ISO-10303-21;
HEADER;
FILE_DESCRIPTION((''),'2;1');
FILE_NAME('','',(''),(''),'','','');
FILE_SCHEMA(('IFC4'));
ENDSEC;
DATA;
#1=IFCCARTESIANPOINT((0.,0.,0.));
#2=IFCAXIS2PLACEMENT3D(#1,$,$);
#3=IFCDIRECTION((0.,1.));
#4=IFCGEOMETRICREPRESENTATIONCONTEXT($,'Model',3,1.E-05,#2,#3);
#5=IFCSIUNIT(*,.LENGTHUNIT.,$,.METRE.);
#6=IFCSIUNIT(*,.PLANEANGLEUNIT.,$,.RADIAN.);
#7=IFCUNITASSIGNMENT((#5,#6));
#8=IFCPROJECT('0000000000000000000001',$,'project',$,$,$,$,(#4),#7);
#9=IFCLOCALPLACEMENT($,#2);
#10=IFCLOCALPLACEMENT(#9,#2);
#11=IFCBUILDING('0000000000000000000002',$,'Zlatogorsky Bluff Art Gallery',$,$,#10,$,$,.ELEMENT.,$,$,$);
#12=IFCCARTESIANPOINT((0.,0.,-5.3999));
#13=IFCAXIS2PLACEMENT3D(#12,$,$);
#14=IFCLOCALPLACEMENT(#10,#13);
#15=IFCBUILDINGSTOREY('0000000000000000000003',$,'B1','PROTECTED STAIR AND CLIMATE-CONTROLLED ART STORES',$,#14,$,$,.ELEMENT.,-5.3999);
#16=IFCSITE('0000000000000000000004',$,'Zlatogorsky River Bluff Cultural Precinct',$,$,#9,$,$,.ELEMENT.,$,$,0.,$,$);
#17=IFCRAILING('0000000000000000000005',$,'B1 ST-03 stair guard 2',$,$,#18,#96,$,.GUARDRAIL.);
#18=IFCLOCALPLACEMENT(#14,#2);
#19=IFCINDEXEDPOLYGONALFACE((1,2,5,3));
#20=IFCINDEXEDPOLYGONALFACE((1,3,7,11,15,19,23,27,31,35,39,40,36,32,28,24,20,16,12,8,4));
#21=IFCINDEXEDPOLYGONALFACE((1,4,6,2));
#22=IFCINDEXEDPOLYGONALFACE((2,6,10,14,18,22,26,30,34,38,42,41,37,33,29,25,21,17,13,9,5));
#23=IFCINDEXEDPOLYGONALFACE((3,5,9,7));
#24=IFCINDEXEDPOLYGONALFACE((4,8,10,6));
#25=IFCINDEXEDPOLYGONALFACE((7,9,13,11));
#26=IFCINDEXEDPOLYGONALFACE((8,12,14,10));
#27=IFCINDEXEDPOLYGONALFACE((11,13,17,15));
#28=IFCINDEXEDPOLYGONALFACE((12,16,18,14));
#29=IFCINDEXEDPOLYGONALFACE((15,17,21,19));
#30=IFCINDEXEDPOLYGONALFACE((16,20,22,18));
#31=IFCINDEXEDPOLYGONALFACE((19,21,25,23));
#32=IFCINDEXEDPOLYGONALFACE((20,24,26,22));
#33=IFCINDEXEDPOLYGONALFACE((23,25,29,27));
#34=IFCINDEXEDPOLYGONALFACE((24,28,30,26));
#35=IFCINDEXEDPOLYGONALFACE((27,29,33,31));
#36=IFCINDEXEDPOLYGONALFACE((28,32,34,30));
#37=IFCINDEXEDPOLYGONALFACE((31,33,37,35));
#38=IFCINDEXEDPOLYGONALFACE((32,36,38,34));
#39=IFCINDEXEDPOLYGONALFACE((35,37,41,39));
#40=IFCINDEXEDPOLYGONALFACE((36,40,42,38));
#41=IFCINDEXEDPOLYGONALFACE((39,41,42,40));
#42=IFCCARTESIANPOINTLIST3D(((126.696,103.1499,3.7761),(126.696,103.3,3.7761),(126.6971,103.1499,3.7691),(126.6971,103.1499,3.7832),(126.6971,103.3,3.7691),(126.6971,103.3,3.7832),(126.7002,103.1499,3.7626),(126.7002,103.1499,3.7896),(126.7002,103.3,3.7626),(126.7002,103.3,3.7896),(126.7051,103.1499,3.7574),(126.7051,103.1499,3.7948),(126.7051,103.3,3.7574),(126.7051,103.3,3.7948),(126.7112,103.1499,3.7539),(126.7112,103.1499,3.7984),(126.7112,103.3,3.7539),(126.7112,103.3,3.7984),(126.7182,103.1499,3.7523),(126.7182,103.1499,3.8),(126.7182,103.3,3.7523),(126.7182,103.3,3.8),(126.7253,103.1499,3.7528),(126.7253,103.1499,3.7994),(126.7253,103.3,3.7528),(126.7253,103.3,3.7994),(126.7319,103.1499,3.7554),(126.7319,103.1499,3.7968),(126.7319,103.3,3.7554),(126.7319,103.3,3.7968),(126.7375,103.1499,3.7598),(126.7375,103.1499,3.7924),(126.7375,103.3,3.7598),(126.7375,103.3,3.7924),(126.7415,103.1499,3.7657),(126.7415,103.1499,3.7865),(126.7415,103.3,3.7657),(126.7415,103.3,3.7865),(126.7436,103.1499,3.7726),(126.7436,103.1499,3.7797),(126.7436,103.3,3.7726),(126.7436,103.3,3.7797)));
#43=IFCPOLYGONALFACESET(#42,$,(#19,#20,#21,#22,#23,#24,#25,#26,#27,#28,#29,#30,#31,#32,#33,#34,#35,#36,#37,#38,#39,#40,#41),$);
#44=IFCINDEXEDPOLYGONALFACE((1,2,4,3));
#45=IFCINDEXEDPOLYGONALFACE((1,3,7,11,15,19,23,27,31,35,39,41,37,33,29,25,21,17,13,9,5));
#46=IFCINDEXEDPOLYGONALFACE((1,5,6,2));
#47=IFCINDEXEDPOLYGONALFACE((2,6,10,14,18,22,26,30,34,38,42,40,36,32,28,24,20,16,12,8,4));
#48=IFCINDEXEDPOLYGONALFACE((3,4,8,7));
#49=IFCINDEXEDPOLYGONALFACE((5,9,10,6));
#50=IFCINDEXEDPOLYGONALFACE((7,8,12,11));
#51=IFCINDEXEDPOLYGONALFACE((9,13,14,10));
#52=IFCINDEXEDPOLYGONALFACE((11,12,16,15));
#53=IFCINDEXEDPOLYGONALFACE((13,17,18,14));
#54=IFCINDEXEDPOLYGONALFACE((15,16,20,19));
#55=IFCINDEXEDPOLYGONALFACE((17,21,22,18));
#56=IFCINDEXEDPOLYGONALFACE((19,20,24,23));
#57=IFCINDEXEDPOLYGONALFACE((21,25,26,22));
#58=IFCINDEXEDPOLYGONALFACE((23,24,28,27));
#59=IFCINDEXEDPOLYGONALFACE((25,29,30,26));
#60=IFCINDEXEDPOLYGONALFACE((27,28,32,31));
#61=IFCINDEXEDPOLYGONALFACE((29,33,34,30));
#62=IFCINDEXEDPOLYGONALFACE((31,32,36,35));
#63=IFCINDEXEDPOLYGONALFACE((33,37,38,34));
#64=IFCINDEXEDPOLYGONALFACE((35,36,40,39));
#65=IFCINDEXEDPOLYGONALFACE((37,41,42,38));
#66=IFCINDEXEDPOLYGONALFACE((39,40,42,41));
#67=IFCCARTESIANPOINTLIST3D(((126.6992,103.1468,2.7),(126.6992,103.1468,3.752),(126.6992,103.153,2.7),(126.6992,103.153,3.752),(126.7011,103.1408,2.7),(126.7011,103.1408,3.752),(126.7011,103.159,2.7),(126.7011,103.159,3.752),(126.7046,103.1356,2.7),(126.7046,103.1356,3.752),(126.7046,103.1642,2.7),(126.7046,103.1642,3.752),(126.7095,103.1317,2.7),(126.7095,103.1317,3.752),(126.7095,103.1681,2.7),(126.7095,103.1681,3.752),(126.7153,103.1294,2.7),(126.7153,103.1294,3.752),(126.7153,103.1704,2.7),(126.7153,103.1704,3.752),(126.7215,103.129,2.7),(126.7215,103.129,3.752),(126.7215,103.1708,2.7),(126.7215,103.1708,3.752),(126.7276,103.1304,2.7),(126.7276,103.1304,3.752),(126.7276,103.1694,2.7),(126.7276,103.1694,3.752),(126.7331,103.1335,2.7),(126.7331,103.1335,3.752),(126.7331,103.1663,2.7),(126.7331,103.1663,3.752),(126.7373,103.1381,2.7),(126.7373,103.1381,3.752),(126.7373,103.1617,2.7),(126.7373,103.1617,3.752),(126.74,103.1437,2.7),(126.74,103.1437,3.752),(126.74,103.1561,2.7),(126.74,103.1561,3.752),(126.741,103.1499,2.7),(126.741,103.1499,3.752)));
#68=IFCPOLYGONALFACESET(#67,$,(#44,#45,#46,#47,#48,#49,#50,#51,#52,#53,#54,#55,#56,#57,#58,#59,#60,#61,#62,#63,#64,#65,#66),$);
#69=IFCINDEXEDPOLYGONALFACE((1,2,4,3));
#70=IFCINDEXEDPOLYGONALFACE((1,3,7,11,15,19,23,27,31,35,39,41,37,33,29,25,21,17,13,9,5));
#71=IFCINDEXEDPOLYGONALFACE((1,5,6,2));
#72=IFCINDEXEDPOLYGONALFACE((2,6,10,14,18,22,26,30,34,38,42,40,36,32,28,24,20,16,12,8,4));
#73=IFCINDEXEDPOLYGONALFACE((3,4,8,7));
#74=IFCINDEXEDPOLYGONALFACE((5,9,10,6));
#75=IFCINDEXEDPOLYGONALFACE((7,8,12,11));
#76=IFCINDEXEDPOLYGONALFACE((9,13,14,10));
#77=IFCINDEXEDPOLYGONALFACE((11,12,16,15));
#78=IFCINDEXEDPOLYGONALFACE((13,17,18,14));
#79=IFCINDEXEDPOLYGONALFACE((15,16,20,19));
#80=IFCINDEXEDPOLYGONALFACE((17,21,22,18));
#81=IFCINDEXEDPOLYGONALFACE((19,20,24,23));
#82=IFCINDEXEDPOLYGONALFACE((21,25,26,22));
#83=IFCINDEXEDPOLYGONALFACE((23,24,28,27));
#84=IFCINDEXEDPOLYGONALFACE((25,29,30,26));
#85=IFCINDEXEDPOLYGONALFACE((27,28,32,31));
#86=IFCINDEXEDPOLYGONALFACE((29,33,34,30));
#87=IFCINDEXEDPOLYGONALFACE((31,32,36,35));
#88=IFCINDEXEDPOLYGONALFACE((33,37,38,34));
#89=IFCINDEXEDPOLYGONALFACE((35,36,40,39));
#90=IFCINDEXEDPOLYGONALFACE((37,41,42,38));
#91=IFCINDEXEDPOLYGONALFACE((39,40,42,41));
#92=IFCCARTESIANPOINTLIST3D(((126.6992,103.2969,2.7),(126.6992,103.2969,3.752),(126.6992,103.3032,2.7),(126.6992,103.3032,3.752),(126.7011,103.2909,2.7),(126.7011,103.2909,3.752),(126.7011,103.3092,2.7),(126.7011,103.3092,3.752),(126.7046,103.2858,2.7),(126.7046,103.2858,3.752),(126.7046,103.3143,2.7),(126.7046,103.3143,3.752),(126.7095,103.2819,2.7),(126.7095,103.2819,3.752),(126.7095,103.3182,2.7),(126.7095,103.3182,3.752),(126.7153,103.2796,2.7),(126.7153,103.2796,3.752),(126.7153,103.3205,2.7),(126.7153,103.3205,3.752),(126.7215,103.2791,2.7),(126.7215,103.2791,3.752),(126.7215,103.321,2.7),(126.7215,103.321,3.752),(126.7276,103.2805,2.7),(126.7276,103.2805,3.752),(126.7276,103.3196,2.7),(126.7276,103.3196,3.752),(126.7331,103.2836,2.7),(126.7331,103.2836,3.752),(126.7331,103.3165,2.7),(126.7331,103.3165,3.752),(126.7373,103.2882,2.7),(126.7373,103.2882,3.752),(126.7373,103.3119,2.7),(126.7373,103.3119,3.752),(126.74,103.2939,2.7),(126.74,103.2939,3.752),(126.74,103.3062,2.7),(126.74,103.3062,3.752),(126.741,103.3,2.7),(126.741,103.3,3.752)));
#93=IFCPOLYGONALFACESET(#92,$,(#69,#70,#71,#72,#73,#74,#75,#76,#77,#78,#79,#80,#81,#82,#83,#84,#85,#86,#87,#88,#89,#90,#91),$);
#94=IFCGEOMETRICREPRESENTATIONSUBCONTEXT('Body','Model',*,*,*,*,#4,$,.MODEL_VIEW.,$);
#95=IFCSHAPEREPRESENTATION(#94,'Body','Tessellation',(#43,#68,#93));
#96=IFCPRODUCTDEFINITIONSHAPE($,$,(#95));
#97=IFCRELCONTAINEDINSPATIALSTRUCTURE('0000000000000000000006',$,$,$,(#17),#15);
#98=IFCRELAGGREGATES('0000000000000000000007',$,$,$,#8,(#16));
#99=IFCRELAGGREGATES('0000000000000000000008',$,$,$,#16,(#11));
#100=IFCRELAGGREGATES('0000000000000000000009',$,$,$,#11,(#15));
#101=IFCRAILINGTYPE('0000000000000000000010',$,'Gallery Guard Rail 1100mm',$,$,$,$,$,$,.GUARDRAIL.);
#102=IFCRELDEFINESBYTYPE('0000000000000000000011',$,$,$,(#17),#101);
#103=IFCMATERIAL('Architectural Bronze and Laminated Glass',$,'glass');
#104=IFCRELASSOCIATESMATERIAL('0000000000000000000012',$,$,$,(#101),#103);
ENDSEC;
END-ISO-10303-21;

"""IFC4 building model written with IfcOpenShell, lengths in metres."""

from ifc_helpers import new_model, si_unit, direction, frame, origin, origin_2d, place, context, subcontext, project, spatial, circle, extrude, material, type_object, element, save


model = new_model("IFC4")

# Units and contexts
model_context = context("Model", 3, precision=1e-05, world=origin(), true_north=direction((0.0, 1.0)))
body_context = subcontext(model_context, "Body", "Model", "MODEL_VIEW")
ifc_project = project(units=[si_unit("LENGTHUNIT", "METRE"), si_unit("PLANEANGLEUNIT", "RADIAN")], contexts=[model_context])

# Site, building, storey
site_placement = place(None, origin())
site = spatial("IfcSite", under=ifc_project, at=site_placement, Name="Zlatogorsky River Bluff Cultural Precinct", CompositionType="ELEMENT", RefElevation=0.0)
building_placement = place(site_placement, origin())
building = spatial("IfcBuilding", under=site, at=building_placement, Name="Zlatogorsky Bluff Art Gallery", CompositionType="ELEMENT")
storey_placement = place(building_placement, frame((0.0, 0.0, -5.3999)))
storey = spatial("IfcBuildingStorey", under=building, at=storey_placement, Name="B1", Description="PROTECTED STAIR AND CLIMATE-CONTROLLED ART STORES", CompositionType="ELEMENT", Elevation=-5.3999)

# Railing
ifc_material_1 = material(Name="Architectural Bronze and Laminated Glass", Category="glass")
railing_type_1 = type_object("IfcRailingType", Name="Gallery Guard Rail 1100mm", PredefinedType="GUARDRAIL", material=ifc_material_1)
railing_1_placement = place(storey_placement, frame((126.72, 103.1499, 2.7)))
element("IfcRailing", 1, at=railing_1_placement, inside=storey, type_object=railing_type_1, Name="B1 ST-03 stair guard 2", PredefinedType="GUARDRAIL", context=body_context, shape_type="SweptSolid", body=[
    extrude(circle(Radius=0.0239, at=origin_2d()), frame((0.0, 0.0, 1.0762), z_axis=(0.0, 1.0, 0.0), x_axis=(-1.0, 0.0, 0.0)), (0.0, 0.0, 1.0), 0.1501),
    extrude(circle(Radius=0.021, at=origin_2d()), origin(), (0.0, 0.0, 1.0), 1.052),
    extrude(circle(Radius=0.021, at=origin_2d()), frame((0.0, 0.1501, 0.0)), (0.0, 0.0, 1.0), 1.052),
])

save(model, "model.ifc")
